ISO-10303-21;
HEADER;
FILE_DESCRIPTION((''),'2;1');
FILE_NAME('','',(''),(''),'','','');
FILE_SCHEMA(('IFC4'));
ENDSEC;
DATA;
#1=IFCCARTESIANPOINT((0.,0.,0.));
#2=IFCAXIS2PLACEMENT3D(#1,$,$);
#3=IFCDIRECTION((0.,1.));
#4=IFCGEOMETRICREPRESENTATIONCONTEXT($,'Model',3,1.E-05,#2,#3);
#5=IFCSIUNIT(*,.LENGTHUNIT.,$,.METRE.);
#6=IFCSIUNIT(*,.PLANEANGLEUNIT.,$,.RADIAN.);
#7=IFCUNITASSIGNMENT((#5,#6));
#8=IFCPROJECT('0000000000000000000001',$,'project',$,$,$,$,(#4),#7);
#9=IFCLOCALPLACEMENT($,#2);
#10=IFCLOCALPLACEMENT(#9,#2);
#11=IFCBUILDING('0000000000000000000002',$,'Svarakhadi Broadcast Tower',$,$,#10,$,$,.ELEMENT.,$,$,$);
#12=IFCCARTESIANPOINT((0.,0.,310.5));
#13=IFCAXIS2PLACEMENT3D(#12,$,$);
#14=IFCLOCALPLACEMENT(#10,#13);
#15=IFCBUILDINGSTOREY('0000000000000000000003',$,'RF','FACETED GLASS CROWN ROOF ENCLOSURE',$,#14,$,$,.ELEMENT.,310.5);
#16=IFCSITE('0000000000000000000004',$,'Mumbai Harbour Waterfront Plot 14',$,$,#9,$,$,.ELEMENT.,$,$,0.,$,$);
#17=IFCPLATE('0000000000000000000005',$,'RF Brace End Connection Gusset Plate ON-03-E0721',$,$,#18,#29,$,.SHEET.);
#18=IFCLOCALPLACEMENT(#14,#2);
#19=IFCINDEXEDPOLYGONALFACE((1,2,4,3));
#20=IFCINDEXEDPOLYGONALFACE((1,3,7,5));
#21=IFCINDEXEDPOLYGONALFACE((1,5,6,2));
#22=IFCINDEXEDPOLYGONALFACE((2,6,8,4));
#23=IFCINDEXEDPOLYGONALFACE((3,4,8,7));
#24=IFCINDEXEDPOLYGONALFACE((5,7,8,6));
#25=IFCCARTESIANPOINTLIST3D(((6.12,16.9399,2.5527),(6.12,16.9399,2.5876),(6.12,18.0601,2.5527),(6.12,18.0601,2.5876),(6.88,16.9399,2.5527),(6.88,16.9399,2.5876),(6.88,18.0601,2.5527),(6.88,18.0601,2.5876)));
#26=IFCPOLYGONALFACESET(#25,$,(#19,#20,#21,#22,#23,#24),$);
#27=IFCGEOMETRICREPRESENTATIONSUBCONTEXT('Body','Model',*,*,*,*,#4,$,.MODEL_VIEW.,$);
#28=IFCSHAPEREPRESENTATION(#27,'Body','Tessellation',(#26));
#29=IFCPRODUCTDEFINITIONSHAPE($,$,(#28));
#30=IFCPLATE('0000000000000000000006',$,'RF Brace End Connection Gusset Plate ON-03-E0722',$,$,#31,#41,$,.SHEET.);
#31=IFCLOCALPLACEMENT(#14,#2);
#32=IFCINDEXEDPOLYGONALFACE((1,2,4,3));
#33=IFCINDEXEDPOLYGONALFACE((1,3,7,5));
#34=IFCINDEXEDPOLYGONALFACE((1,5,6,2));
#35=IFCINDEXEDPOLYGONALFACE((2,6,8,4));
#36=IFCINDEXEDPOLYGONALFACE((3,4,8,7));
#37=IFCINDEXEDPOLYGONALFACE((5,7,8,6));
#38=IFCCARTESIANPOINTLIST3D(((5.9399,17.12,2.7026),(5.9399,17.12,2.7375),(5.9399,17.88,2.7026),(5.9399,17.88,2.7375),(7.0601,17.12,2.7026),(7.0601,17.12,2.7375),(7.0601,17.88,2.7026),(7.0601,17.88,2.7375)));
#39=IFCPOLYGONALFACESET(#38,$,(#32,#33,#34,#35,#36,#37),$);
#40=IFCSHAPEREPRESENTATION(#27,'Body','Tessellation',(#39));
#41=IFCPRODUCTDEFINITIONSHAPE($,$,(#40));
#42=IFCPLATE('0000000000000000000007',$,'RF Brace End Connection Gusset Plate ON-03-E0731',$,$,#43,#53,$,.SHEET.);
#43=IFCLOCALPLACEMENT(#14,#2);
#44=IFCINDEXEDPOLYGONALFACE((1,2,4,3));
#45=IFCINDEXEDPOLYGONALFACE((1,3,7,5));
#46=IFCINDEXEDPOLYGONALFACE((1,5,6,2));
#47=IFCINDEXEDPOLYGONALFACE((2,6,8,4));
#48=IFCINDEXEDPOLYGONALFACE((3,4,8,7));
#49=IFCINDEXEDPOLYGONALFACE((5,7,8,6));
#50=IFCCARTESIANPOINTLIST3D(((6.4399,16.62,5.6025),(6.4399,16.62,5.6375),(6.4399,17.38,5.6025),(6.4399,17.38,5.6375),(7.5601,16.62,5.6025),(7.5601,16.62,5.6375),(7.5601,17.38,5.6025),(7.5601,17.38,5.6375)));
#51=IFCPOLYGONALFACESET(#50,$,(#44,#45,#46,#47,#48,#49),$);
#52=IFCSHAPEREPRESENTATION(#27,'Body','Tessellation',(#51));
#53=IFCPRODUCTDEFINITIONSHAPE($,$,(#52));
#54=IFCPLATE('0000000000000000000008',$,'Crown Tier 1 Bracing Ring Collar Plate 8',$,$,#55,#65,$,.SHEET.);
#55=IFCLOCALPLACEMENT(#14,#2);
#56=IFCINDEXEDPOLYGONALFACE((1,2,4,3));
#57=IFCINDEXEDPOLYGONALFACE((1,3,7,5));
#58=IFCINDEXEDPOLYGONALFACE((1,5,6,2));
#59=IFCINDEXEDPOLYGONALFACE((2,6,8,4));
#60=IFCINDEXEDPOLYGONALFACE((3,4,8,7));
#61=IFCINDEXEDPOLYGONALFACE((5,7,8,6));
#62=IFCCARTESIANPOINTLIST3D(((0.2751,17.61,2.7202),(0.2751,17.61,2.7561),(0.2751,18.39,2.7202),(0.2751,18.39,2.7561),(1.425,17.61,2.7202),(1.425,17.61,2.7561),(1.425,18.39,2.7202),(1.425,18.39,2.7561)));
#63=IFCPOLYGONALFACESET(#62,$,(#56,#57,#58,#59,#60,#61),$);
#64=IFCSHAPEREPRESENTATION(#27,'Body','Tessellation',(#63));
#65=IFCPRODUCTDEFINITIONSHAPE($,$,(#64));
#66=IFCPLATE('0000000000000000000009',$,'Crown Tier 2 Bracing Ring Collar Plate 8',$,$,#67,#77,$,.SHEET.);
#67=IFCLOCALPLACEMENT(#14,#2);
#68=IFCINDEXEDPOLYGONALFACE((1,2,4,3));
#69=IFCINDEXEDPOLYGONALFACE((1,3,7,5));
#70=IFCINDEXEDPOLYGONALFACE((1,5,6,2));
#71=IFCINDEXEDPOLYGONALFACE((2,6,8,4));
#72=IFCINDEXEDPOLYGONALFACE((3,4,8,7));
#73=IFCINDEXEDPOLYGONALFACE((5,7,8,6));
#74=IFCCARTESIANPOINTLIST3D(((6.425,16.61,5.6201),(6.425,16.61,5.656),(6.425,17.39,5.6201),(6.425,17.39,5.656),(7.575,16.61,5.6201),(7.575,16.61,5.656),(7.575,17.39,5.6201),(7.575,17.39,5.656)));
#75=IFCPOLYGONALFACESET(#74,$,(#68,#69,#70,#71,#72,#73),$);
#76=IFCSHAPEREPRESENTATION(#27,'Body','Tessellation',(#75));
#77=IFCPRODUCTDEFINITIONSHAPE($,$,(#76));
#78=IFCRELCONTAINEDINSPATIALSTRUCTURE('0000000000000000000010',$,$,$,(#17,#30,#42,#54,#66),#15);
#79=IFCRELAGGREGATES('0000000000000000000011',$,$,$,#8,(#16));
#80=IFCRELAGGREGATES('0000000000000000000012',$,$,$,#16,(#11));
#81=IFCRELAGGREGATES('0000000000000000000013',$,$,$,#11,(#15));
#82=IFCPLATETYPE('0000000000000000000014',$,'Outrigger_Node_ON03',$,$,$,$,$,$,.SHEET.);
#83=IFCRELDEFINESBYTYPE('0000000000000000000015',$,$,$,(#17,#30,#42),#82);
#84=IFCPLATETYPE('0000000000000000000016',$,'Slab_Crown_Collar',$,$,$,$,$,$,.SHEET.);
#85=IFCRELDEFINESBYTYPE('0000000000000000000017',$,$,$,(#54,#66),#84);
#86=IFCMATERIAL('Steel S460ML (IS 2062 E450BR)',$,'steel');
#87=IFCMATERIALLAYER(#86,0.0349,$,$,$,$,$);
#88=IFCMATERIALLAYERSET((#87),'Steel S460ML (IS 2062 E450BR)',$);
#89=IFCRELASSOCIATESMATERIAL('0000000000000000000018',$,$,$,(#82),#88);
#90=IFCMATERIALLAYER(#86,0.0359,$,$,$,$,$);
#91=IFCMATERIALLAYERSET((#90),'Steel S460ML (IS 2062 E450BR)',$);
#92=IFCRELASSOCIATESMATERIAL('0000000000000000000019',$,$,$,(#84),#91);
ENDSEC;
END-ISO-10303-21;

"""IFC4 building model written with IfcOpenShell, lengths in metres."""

from ifc_helpers import new_model, si_unit, direction, frame, origin, origin_2d, place, context, subcontext, project, spatial, rectangle, extrude, material, layer, layer_set, type_object, element, save


model = new_model("IFC4")

# Units and contexts
model_context = context("Model", 3, precision=1e-05, world=origin(), true_north=direction((0.0, 1.0)))
body_context = subcontext(model_context, "Body", "Model", "MODEL_VIEW")
ifc_project = project(units=[si_unit("LENGTHUNIT", "METRE"), si_unit("PLANEANGLEUNIT", "RADIAN")], contexts=[model_context])

# Site, building, storey
site_placement = place(None, origin())
site = spatial("IfcSite", under=ifc_project, at=site_placement, Name="Mumbai Harbour Waterfront Plot 14", CompositionType="ELEMENT", RefElevation=0.0)
building_placement = place(site_placement, origin())
building = spatial("IfcBuilding", under=site, at=building_placement, Name="Svarakhadi Broadcast Tower", CompositionType="ELEMENT")
storey_placement = place(building_placement, frame((0.0, 0.0, 310.5)))
storey = spatial("IfcBuildingStorey", under=building, at=storey_placement, Name="RF", Description="FACETED GLASS CROWN ROOF ENCLOSURE", CompositionType="ELEMENT", Elevation=310.5)

# Shared definitions
ifc_material_1 = material(Name="Steel S460ML (IS 2062 E450BR)", Category="steel")

# Plates
ifc_layer_1 = layer(ifc_material_1, 0.0349)
ifc_layer_set_1 = layer_set([ifc_layer_1], Name="Steel S460ML (IS 2062 E450BR)")
plate_type_1 = type_object("IfcPlateType", Name="Outrigger_Node_ON03", PredefinedType="SHEET", material=ifc_layer_set_1)
for number, where, z_axis, x_axis, name in (
    (1, (6.5, 17.5, 2.5527), (0.0, 0.0, 1.0), (0.0, 1.0, 0.0), "RF Brace End Connection Gusset Plate ON-03-E0721"),
    (2, (6.5, 17.5, 2.7026), (0.0, 0.0, 1.0), (1.0, 0.0, 0.0), "RF Brace End Connection Gusset Plate ON-03-E0722"),
    (3, (7.0, 17.0, 5.6025), (0.0, 0.0, 1.0), (1.0, 0.0, 0.0), "RF Brace End Connection Gusset Plate ON-03-E0731"),
):
    element("IfcPlate", number, at=place(storey_placement, frame(where, z_axis=z_axis, x_axis=x_axis)), inside=storey, type_object=plate_type_1, Name=name, PredefinedType="SHEET", context=body_context, shape_type="SweptSolid", body=[
        extrude(rectangle(XDim=1.1201, YDim=0.76, at=origin_2d()), origin(), (0.0, 0.0, 1.0), 0.0349),
    ])
ifc_layer_2 = layer(ifc_material_1, 0.0359)
ifc_layer_set_2 = layer_set([ifc_layer_2], Name="Steel S460ML (IS 2062 E450BR)")
plate_type_2 = type_object("IfcPlateType", Name="Slab_Crown_Collar", PredefinedType="SHEET", material=ifc_layer_set_2)
for number, where, z_axis, x_axis, name in (
    (4, (0.8501, 18.0, 2.7202), (0.0, 0.0, 1.0), (1.0, 0.0, 0.0), "Crown Tier 1 Bracing Ring Collar Plate 8"),
    (5, (7.0, 17.0, 5.6201), (0.0, 0.0, 1.0), (1.0, 0.0, 0.0), "Crown Tier 2 Bracing Ring Collar Plate 8"),
):
    element("IfcPlate", number, at=place(storey_placement, frame(where, z_axis=z_axis, x_axis=x_axis)), inside=storey, type_object=plate_type_2, Name=name, PredefinedType="SHEET", context=body_context, shape_type="SweptSolid", body=[
        extrude(rectangle(XDim=1.1499, YDim=0.78, at=origin_2d()), origin(), (0.0, 0.0, 1.0), 0.0359),
    ])

save(model, "model.ifc")
